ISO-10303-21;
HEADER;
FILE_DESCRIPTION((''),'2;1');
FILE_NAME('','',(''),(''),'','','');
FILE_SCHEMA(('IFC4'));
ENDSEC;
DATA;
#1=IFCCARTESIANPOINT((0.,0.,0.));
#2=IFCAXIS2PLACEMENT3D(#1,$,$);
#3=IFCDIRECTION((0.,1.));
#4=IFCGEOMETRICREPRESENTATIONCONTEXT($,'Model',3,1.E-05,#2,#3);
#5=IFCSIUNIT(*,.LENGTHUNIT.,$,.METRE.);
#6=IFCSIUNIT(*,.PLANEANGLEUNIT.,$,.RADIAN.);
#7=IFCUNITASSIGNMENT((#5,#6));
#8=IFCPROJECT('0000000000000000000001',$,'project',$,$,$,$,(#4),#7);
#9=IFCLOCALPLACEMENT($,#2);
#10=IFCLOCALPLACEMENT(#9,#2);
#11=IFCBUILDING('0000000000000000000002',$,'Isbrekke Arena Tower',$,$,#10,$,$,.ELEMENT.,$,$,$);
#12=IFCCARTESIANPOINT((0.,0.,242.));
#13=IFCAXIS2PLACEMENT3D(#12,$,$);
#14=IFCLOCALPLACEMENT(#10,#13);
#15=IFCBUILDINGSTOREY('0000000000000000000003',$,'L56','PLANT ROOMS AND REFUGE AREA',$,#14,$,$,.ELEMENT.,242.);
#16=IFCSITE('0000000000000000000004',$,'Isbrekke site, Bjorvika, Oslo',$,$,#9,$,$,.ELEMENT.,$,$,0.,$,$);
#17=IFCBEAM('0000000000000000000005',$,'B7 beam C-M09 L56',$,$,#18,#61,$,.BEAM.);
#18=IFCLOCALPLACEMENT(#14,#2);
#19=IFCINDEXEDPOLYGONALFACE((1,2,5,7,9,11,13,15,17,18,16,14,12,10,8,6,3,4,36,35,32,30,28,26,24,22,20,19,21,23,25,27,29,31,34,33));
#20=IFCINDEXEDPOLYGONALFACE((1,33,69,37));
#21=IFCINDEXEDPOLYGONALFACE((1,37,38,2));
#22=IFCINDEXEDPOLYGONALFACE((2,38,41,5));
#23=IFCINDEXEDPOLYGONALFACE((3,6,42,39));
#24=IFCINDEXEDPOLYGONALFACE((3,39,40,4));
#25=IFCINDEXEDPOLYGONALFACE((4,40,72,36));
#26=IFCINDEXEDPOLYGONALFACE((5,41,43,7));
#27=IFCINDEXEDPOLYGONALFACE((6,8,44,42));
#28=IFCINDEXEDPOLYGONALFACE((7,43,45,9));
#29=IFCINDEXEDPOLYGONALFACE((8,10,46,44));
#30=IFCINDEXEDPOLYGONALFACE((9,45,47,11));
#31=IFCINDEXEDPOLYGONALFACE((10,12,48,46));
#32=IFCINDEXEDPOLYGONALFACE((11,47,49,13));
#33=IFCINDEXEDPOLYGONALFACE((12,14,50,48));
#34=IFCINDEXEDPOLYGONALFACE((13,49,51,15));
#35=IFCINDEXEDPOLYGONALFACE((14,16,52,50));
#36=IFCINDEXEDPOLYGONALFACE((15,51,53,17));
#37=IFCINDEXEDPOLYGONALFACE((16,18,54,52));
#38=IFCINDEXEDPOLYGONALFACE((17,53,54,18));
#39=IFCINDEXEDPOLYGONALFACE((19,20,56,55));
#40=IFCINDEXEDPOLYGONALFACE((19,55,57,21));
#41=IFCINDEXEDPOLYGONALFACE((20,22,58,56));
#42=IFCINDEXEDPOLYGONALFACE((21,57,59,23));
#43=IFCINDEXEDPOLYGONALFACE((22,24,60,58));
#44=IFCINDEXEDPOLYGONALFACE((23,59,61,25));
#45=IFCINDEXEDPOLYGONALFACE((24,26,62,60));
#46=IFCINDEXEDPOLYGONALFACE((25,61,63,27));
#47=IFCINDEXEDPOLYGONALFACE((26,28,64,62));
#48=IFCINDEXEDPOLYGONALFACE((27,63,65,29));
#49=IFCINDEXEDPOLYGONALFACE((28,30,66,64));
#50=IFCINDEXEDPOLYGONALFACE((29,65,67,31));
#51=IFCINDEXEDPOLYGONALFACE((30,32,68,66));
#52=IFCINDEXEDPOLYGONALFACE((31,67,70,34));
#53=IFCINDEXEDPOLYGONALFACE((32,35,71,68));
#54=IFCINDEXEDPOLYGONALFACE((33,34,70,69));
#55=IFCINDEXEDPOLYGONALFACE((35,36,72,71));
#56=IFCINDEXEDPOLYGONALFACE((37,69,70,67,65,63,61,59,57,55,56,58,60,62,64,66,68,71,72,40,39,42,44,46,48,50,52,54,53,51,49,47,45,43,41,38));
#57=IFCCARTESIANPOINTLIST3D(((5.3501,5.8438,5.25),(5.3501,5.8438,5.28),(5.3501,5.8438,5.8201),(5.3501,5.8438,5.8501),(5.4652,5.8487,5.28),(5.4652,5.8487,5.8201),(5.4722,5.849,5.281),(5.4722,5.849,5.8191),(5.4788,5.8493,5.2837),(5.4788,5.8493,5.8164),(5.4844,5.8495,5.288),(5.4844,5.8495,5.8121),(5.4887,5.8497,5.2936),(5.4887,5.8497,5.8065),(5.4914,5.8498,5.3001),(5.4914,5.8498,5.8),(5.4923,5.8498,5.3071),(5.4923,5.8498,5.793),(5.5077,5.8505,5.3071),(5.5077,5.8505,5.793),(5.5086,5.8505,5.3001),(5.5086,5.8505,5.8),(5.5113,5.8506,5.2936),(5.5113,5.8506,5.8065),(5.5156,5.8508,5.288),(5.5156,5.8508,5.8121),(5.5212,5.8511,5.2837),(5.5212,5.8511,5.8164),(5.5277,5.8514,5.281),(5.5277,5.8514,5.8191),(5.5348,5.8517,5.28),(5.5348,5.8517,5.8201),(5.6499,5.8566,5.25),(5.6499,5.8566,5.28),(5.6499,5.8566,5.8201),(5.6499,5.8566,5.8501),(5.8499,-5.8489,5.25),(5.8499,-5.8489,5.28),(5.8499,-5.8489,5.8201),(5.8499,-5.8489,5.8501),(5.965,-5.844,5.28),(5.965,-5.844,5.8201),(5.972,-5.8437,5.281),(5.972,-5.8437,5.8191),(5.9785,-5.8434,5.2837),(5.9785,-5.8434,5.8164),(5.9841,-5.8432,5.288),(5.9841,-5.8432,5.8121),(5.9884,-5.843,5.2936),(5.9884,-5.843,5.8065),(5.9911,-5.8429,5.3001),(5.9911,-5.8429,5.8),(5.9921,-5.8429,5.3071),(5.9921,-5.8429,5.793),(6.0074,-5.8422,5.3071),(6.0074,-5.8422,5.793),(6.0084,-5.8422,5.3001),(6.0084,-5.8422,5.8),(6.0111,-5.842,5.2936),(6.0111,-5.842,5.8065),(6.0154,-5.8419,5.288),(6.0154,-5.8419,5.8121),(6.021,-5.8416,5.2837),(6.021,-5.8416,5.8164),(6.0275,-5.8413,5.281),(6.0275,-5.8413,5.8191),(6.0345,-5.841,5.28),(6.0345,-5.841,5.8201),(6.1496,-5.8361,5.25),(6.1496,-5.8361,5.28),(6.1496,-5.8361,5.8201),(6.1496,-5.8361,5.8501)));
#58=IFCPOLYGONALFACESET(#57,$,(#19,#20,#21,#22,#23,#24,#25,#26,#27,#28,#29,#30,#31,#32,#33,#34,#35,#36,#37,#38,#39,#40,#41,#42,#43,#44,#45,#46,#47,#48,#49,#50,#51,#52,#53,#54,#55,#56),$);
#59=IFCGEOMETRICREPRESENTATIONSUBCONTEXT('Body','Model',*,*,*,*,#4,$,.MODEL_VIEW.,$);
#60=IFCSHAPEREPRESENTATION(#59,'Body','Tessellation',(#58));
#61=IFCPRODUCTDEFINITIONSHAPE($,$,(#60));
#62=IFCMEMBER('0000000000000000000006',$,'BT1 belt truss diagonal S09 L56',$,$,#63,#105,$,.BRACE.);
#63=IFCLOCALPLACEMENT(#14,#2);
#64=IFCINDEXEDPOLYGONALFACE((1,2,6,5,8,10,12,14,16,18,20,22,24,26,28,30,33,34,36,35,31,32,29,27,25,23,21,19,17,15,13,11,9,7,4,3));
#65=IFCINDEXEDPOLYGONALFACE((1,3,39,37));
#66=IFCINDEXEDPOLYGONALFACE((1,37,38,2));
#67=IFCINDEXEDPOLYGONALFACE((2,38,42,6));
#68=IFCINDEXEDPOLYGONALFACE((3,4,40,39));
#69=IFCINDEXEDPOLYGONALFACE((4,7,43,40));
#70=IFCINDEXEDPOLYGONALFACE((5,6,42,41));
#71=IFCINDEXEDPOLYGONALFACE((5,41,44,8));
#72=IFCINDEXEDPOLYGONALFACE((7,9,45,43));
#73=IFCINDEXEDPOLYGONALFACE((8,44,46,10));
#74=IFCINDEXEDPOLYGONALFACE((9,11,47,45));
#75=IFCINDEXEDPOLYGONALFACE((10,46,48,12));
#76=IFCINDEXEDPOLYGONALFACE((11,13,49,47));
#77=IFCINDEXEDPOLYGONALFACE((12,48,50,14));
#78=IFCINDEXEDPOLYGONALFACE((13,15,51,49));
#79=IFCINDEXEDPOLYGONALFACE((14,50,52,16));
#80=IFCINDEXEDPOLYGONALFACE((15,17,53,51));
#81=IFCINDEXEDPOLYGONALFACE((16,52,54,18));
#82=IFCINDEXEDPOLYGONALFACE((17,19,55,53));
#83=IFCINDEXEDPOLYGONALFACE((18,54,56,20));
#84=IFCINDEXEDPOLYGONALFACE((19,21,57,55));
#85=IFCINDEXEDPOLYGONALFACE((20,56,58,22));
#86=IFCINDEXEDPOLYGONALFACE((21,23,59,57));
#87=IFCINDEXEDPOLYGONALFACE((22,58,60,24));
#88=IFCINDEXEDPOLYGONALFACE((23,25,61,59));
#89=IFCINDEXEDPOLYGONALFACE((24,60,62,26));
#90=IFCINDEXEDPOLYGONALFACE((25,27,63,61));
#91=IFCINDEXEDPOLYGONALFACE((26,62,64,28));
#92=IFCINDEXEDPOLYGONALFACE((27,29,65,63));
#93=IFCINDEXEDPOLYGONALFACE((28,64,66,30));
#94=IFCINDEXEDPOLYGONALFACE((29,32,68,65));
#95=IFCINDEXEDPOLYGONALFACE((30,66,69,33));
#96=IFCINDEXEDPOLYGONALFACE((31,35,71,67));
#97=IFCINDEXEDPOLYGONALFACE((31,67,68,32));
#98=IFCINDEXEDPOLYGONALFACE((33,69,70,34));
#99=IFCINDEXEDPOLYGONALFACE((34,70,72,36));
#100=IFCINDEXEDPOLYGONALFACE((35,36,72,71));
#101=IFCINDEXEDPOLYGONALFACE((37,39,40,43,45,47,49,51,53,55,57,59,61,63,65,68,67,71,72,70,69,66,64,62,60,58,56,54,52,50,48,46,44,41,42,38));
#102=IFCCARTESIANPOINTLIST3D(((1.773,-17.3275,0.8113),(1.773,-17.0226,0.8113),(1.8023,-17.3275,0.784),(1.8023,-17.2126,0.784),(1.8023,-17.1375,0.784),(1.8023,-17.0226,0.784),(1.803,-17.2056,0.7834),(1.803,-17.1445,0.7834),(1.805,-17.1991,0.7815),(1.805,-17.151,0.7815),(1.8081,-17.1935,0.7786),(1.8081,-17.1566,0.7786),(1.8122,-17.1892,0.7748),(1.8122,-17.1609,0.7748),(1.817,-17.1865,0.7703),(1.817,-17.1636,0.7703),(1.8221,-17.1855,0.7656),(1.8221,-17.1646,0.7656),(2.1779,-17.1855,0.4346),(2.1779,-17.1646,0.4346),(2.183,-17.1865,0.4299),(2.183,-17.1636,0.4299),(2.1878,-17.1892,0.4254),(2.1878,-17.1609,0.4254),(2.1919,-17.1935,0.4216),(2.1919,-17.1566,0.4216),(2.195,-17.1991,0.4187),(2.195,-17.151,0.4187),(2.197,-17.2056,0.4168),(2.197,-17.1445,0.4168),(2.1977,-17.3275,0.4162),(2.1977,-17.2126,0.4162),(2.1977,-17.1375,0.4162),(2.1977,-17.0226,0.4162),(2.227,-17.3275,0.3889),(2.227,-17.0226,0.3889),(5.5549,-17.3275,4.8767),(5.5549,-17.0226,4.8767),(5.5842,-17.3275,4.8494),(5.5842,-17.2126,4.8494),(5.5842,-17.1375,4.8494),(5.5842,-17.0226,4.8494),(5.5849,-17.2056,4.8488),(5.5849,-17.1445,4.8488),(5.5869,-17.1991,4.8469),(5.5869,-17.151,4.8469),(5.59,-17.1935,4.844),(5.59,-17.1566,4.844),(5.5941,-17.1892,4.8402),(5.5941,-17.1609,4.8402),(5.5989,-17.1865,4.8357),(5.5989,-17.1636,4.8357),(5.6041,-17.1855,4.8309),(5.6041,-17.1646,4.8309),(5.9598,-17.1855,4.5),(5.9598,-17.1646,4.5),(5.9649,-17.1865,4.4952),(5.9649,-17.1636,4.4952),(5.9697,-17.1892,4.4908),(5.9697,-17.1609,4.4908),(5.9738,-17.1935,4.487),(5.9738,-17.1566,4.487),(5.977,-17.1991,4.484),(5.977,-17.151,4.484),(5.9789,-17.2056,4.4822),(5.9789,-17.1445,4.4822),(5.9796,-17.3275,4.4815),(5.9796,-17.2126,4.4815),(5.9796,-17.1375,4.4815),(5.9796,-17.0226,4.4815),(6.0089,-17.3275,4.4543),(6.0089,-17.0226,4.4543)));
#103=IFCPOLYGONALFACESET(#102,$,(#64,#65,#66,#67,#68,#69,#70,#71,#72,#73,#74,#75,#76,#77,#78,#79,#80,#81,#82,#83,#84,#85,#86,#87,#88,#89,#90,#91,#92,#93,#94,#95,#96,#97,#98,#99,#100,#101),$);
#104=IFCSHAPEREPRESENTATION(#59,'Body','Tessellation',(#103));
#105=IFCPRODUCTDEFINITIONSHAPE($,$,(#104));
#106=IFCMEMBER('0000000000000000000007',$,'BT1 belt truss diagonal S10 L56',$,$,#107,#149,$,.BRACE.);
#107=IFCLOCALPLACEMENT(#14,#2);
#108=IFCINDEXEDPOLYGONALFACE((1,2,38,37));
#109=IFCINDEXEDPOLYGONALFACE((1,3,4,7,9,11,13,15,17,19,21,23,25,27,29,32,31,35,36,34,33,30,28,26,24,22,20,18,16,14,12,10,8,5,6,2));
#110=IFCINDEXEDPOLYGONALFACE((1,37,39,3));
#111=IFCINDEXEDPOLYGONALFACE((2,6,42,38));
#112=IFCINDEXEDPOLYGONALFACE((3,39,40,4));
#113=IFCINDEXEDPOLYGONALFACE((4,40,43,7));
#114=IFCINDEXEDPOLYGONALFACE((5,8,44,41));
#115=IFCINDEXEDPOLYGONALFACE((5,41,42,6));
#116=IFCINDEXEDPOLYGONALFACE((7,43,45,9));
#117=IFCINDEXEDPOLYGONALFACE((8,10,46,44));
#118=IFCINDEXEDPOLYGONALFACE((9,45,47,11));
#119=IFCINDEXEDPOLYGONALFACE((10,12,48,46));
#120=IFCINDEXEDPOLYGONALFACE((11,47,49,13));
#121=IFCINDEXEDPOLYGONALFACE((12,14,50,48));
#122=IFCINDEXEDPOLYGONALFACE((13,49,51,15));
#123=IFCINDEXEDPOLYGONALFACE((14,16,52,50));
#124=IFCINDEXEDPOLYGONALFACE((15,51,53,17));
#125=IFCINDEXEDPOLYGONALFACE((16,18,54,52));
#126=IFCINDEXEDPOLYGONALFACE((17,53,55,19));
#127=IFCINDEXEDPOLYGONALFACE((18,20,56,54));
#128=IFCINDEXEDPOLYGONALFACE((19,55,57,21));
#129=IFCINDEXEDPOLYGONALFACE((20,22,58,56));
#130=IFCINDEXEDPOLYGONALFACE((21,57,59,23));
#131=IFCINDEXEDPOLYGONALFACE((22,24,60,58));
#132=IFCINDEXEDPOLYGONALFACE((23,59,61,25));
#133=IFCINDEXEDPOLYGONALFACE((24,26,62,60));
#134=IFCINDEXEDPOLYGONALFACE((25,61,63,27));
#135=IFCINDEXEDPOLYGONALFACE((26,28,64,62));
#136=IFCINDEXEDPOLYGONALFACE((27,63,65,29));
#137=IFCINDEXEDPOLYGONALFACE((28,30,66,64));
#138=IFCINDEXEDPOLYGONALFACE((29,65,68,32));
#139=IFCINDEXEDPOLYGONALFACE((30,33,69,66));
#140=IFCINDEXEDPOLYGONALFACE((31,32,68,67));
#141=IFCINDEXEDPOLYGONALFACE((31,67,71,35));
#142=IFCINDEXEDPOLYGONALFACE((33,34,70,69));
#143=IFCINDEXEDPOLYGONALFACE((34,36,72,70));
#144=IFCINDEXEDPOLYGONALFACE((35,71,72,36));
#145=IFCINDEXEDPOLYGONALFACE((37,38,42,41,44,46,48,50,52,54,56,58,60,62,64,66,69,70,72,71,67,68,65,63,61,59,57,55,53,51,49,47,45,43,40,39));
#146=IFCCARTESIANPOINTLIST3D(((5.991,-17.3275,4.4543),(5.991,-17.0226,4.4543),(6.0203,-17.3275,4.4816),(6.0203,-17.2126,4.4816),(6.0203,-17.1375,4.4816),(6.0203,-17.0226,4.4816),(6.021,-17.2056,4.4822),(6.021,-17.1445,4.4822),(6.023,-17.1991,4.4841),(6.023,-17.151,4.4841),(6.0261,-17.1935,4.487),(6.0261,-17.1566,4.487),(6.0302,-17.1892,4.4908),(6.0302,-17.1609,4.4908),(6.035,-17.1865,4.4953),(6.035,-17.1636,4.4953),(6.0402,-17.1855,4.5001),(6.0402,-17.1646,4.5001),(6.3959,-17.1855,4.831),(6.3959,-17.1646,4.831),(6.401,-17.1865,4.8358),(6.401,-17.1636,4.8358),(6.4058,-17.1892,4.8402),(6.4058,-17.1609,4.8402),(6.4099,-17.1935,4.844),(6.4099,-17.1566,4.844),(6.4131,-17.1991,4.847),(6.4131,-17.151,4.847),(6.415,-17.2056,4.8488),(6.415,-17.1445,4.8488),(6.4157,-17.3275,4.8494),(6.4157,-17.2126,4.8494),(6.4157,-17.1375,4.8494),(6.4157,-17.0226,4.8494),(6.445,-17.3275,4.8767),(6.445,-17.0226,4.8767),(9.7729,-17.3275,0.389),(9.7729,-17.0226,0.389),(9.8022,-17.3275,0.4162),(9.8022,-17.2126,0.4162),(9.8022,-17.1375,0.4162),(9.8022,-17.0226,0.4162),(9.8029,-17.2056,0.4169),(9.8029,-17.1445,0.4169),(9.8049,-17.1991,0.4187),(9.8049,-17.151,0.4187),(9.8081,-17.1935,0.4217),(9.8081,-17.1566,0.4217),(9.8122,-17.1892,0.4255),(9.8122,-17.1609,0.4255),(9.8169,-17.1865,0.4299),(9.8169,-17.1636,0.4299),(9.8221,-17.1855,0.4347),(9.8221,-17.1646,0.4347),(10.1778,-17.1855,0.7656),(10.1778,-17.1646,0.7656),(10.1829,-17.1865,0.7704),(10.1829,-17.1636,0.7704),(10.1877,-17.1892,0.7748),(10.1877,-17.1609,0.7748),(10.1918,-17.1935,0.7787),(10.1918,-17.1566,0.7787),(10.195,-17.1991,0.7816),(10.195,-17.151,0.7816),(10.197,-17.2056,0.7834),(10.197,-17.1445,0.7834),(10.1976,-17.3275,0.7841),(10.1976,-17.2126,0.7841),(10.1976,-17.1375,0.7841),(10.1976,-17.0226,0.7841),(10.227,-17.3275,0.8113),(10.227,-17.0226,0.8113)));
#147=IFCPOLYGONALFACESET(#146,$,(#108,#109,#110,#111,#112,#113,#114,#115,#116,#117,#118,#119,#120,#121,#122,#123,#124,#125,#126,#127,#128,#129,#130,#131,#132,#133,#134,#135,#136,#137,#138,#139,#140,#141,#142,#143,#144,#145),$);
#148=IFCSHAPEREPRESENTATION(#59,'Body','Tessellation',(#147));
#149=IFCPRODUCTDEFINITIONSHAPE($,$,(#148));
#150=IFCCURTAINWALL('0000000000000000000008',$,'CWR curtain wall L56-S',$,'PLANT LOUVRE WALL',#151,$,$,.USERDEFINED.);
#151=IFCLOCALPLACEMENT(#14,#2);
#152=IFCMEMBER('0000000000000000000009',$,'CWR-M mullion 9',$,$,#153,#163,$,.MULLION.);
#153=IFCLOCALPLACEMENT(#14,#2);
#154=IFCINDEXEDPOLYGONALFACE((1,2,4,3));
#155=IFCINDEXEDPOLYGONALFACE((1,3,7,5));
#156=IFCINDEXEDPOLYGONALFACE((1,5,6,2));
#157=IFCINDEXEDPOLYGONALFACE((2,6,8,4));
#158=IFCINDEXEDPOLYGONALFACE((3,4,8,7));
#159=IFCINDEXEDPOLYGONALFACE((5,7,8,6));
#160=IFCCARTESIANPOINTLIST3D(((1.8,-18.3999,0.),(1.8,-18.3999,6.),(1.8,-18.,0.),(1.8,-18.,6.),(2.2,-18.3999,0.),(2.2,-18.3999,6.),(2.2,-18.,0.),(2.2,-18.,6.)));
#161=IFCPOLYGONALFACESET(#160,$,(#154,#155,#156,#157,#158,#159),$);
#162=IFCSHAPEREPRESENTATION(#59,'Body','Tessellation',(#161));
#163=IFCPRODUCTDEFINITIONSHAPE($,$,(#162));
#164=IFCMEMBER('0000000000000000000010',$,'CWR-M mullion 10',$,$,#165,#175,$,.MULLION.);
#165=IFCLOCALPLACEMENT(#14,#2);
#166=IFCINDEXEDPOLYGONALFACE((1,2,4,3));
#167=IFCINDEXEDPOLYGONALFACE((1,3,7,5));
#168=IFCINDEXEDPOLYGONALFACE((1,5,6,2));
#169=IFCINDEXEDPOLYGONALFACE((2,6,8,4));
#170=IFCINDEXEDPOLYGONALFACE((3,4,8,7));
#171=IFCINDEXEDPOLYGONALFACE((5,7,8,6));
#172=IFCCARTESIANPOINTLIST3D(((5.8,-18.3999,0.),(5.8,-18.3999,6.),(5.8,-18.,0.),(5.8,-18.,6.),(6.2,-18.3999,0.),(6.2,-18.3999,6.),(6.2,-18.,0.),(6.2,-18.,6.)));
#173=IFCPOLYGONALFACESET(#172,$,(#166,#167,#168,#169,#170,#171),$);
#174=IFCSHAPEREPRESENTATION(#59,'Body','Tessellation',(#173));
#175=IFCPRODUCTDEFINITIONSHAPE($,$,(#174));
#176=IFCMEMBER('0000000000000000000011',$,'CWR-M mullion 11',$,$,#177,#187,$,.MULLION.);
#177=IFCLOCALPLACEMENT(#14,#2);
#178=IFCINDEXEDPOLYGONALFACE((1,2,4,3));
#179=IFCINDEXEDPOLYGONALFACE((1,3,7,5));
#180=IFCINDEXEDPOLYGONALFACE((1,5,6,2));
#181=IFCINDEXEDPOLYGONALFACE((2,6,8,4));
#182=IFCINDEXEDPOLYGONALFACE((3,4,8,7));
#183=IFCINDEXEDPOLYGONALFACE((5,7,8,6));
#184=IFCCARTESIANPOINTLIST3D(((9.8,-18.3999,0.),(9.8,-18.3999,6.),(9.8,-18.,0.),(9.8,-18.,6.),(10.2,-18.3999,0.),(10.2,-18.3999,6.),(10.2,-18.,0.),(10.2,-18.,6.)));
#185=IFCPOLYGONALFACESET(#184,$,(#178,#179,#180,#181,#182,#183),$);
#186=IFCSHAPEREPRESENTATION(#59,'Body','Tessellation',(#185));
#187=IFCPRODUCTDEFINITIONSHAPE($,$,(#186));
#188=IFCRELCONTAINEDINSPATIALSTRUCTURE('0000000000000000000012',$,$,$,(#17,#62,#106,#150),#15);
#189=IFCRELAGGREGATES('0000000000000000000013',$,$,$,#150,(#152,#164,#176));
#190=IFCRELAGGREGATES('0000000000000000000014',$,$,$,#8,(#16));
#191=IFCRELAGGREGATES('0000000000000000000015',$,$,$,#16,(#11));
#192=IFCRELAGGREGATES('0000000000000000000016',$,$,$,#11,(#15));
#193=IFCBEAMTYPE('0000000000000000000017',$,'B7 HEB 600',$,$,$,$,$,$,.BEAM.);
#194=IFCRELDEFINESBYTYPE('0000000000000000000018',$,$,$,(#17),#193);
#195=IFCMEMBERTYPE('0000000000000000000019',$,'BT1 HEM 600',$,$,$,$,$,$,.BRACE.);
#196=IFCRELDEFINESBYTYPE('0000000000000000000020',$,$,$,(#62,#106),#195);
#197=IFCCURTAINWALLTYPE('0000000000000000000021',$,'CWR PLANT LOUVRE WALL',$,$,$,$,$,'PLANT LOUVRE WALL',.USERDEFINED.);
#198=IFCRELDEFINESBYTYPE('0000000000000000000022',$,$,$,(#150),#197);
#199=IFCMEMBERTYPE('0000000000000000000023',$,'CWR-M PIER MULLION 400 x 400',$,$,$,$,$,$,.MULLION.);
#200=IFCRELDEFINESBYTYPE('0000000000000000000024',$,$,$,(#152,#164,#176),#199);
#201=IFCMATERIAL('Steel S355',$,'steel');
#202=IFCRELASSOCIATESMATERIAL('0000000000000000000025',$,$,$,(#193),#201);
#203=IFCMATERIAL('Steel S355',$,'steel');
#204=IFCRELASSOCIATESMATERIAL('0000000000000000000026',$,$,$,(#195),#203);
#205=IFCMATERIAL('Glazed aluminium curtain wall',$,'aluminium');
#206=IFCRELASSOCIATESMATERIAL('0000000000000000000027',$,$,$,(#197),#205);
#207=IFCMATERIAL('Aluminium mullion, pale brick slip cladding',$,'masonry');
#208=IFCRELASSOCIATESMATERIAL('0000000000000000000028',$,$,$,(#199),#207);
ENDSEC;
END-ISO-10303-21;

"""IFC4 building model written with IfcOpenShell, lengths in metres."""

from ifc_helpers import new_model, si_unit, direction, frame, origin, origin_2d, place, context, subcontext, project, spatial, rectangle, i_section, extrude, material, material_profile, profile_set, type_object, element, aggregate, save


model = new_model("IFC4")

# Units and contexts
model_context = context("Model", 3, precision=1e-05, world=origin(), true_north=direction((0.0, 1.0)))
body_context = subcontext(model_context, "Body", "Model", "MODEL_VIEW")
ifc_project = project(units=[si_unit("LENGTHUNIT", "METRE"), si_unit("PLANEANGLEUNIT", "RADIAN")], contexts=[model_context])

# Site, building, storey
site_placement = place(None, origin())
site = spatial("IfcSite", under=ifc_project, at=site_placement, Name="Isbrekke site, Bjorvika, Oslo", CompositionType="ELEMENT", RefElevation=0.0)
building_placement = place(site_placement, origin())
building = spatial("IfcBuilding", under=site, at=building_placement, Name="Isbrekke Arena Tower", CompositionType="ELEMENT")
storey_placement = place(building_placement, frame((0.0, 0.0, 242.0)))
storey = spatial("IfcBuildingStorey", under=building, at=storey_placement, Name="L56", Description="PLANT ROOMS AND REFUGE AREA", CompositionType="ELEMENT", Elevation=242.0)

# Beam
ifc_material_1 = material(Name="Steel S355", Category="steel")
ifc_material_profile_1 = material_profile(ifc_material_1, i_section(OverallWidth=0.3, OverallDepth=0.6001, WebThickness=0.0154, FlangeThickness=0.03, FilletRadius=0.0271, at=origin_2d()), Name="HEB 600")
ifc_profile_set_1 = profile_set([ifc_material_profile_1], Name="Steel S355")
beam_type_1 = type_object("IfcBeamType", Name="B7 HEB 600", PredefinedType="BEAM", material=ifc_profile_set_1)
beam_1_placement = place(storey_placement, frame((5.9998, -5.8425, 5.55), z_axis=(-0.042702, 0.999088, 0.0), x_axis=(-0.999088, -0.042702, 0.0)))
element("IfcBeam", 1, at=beam_1_placement, inside=storey, type_object=beam_type_1, Name="B7 beam C-M09 L56", PredefinedType="BEAM", context=body_context, shape_type="SweptSolid", body=[
    extrude(i_section(OverallWidth=0.3, OverallDepth=0.6001, WebThickness=0.0154, FlangeThickness=0.03, FilletRadius=0.0271, at=origin_2d()), origin(), (0.0, 0.0, 1.0), 11.7034),
])

# Members
ifc_material_2 = material(Name="Steel S355", Category="steel")
ifc_material_profile_2 = material_profile(ifc_material_2, i_section(OverallWidth=0.3049, OverallDepth=0.6201, WebThickness=0.021, FlangeThickness=0.04, FilletRadius=0.0271, at=origin_2d()), Name="HEM 600")
ifc_profile_set_2 = profile_set([ifc_material_profile_2], Name="Steel S355")
member_type_1 = type_object("IfcMemberType", Name="BT1 HEM 600", PredefinedType="BRACE", material=ifc_profile_set_2)
for number, where, z_axis, x_axis, name in (
    (2, (2.0, -17.175, 0.6001), (0.681122, 0.0, 0.73217), (0.0, 1.0, 0.0), "BT1 belt truss diagonal S09 L56"),
    (3, (6.218, -17.175, 4.6655), (0.681122, 0.0, -0.73217), (0.0, 1.0, 0.0), "BT1 belt truss diagonal S10 L56"),
):
    element("IfcMember", number, at=place(storey_placement, frame(where, z_axis=z_axis, x_axis=x_axis)), inside=storey, type_object=member_type_1, Name=name, PredefinedType="BRACE", context=body_context, shape_type="SweptSolid", body=[
        extrude(i_section(OverallWidth=0.3049, OverallDepth=0.6201, WebThickness=0.021, FlangeThickness=0.04, FilletRadius=0.0271, at=origin_2d()), origin(), (0.0, 0.0, 1.0), 5.5525),
    ])

# Curtain wall, members
ifc_material_3 = material(Name="Glazed aluminium curtain wall", Category="aluminium")
curtain_wall_type = type_object("IfcCurtainWallType", Name="CWR PLANT LOUVRE WALL", ElementType="PLANT LOUVRE WALL", PredefinedType="USERDEFINED", material=ifc_material_3)
curtain_wall_placement = place(storey_placement, origin())
curtain_wall = element("IfcCurtainWall", 4, at=curtain_wall_placement, inside=storey, type_object=curtain_wall_type, Name="CWR curtain wall L56-S", ObjectType="PLANT LOUVRE WALL", PredefinedType="USERDEFINED")
ifc_material_4 = material(Name="Aluminium mullion, pale brick slip cladding", Category="masonry")
ifc_material_profile_3 = material_profile(ifc_material_4, rectangle(XDim=0.3999, YDim=0.3999, at=origin_2d()), Name="PIER 400X400")
ifc_profile_set_3 = profile_set([ifc_material_profile_3], Name="Aluminium mullion, pale brick slip cladding")
member_type_2 = type_object("IfcMemberType", Name="CWR-M PIER MULLION 400 x 400", PredefinedType="MULLION", material=ifc_profile_set_3)
member_1_placement = place(storey_placement, frame((2.0, -18.2, 0.0), z_axis=(0.0, 0.0, 1.0), x_axis=(1.0, 0.0, 0.0)))
member_1 = element("IfcMember", 5, at=member_1_placement, type_object=member_type_2, Name="CWR-M mullion 9", PredefinedType="MULLION", context=body_context, shape_type="SweptSolid", body=[
    extrude(rectangle(XDim=0.3999, YDim=0.3999, at=origin_2d()), origin(), (0.0, 0.0, 1.0), 6.0),
])
member_2_placement = place(storey_placement, frame((6.0, -18.2, 0.0), z_axis=(0.0, 0.0, 1.0), x_axis=(1.0, 0.0, 0.0)))
member_2 = element("IfcMember", 6, at=member_2_placement, type_object=member_type_2, Name="CWR-M mullion 10", PredefinedType="MULLION", context=body_context, shape_type="SweptSolid", body=[
    extrude(rectangle(XDim=0.3999, YDim=0.3999, at=origin_2d()), origin(), (0.0, 0.0, 1.0), 6.0),
])
member_3_placement = place(storey_placement, frame((10.0, -18.2, 0.0), z_axis=(0.0, 0.0, 1.0), x_axis=(1.0, 0.0, 0.0)))
member_3 = element("IfcMember", 7, at=member_3_placement, type_object=member_type_2, Name="CWR-M mullion 11", PredefinedType="MULLION", context=body_context, shape_type="SweptSolid", body=[
    extrude(rectangle(XDim=0.3999, YDim=0.3999, at=origin_2d()), origin(), (0.0, 0.0, 1.0), 6.0),
])

aggregate(curtain_wall, [member_1, member_2, member_3])

save(model, "model.ifc")
